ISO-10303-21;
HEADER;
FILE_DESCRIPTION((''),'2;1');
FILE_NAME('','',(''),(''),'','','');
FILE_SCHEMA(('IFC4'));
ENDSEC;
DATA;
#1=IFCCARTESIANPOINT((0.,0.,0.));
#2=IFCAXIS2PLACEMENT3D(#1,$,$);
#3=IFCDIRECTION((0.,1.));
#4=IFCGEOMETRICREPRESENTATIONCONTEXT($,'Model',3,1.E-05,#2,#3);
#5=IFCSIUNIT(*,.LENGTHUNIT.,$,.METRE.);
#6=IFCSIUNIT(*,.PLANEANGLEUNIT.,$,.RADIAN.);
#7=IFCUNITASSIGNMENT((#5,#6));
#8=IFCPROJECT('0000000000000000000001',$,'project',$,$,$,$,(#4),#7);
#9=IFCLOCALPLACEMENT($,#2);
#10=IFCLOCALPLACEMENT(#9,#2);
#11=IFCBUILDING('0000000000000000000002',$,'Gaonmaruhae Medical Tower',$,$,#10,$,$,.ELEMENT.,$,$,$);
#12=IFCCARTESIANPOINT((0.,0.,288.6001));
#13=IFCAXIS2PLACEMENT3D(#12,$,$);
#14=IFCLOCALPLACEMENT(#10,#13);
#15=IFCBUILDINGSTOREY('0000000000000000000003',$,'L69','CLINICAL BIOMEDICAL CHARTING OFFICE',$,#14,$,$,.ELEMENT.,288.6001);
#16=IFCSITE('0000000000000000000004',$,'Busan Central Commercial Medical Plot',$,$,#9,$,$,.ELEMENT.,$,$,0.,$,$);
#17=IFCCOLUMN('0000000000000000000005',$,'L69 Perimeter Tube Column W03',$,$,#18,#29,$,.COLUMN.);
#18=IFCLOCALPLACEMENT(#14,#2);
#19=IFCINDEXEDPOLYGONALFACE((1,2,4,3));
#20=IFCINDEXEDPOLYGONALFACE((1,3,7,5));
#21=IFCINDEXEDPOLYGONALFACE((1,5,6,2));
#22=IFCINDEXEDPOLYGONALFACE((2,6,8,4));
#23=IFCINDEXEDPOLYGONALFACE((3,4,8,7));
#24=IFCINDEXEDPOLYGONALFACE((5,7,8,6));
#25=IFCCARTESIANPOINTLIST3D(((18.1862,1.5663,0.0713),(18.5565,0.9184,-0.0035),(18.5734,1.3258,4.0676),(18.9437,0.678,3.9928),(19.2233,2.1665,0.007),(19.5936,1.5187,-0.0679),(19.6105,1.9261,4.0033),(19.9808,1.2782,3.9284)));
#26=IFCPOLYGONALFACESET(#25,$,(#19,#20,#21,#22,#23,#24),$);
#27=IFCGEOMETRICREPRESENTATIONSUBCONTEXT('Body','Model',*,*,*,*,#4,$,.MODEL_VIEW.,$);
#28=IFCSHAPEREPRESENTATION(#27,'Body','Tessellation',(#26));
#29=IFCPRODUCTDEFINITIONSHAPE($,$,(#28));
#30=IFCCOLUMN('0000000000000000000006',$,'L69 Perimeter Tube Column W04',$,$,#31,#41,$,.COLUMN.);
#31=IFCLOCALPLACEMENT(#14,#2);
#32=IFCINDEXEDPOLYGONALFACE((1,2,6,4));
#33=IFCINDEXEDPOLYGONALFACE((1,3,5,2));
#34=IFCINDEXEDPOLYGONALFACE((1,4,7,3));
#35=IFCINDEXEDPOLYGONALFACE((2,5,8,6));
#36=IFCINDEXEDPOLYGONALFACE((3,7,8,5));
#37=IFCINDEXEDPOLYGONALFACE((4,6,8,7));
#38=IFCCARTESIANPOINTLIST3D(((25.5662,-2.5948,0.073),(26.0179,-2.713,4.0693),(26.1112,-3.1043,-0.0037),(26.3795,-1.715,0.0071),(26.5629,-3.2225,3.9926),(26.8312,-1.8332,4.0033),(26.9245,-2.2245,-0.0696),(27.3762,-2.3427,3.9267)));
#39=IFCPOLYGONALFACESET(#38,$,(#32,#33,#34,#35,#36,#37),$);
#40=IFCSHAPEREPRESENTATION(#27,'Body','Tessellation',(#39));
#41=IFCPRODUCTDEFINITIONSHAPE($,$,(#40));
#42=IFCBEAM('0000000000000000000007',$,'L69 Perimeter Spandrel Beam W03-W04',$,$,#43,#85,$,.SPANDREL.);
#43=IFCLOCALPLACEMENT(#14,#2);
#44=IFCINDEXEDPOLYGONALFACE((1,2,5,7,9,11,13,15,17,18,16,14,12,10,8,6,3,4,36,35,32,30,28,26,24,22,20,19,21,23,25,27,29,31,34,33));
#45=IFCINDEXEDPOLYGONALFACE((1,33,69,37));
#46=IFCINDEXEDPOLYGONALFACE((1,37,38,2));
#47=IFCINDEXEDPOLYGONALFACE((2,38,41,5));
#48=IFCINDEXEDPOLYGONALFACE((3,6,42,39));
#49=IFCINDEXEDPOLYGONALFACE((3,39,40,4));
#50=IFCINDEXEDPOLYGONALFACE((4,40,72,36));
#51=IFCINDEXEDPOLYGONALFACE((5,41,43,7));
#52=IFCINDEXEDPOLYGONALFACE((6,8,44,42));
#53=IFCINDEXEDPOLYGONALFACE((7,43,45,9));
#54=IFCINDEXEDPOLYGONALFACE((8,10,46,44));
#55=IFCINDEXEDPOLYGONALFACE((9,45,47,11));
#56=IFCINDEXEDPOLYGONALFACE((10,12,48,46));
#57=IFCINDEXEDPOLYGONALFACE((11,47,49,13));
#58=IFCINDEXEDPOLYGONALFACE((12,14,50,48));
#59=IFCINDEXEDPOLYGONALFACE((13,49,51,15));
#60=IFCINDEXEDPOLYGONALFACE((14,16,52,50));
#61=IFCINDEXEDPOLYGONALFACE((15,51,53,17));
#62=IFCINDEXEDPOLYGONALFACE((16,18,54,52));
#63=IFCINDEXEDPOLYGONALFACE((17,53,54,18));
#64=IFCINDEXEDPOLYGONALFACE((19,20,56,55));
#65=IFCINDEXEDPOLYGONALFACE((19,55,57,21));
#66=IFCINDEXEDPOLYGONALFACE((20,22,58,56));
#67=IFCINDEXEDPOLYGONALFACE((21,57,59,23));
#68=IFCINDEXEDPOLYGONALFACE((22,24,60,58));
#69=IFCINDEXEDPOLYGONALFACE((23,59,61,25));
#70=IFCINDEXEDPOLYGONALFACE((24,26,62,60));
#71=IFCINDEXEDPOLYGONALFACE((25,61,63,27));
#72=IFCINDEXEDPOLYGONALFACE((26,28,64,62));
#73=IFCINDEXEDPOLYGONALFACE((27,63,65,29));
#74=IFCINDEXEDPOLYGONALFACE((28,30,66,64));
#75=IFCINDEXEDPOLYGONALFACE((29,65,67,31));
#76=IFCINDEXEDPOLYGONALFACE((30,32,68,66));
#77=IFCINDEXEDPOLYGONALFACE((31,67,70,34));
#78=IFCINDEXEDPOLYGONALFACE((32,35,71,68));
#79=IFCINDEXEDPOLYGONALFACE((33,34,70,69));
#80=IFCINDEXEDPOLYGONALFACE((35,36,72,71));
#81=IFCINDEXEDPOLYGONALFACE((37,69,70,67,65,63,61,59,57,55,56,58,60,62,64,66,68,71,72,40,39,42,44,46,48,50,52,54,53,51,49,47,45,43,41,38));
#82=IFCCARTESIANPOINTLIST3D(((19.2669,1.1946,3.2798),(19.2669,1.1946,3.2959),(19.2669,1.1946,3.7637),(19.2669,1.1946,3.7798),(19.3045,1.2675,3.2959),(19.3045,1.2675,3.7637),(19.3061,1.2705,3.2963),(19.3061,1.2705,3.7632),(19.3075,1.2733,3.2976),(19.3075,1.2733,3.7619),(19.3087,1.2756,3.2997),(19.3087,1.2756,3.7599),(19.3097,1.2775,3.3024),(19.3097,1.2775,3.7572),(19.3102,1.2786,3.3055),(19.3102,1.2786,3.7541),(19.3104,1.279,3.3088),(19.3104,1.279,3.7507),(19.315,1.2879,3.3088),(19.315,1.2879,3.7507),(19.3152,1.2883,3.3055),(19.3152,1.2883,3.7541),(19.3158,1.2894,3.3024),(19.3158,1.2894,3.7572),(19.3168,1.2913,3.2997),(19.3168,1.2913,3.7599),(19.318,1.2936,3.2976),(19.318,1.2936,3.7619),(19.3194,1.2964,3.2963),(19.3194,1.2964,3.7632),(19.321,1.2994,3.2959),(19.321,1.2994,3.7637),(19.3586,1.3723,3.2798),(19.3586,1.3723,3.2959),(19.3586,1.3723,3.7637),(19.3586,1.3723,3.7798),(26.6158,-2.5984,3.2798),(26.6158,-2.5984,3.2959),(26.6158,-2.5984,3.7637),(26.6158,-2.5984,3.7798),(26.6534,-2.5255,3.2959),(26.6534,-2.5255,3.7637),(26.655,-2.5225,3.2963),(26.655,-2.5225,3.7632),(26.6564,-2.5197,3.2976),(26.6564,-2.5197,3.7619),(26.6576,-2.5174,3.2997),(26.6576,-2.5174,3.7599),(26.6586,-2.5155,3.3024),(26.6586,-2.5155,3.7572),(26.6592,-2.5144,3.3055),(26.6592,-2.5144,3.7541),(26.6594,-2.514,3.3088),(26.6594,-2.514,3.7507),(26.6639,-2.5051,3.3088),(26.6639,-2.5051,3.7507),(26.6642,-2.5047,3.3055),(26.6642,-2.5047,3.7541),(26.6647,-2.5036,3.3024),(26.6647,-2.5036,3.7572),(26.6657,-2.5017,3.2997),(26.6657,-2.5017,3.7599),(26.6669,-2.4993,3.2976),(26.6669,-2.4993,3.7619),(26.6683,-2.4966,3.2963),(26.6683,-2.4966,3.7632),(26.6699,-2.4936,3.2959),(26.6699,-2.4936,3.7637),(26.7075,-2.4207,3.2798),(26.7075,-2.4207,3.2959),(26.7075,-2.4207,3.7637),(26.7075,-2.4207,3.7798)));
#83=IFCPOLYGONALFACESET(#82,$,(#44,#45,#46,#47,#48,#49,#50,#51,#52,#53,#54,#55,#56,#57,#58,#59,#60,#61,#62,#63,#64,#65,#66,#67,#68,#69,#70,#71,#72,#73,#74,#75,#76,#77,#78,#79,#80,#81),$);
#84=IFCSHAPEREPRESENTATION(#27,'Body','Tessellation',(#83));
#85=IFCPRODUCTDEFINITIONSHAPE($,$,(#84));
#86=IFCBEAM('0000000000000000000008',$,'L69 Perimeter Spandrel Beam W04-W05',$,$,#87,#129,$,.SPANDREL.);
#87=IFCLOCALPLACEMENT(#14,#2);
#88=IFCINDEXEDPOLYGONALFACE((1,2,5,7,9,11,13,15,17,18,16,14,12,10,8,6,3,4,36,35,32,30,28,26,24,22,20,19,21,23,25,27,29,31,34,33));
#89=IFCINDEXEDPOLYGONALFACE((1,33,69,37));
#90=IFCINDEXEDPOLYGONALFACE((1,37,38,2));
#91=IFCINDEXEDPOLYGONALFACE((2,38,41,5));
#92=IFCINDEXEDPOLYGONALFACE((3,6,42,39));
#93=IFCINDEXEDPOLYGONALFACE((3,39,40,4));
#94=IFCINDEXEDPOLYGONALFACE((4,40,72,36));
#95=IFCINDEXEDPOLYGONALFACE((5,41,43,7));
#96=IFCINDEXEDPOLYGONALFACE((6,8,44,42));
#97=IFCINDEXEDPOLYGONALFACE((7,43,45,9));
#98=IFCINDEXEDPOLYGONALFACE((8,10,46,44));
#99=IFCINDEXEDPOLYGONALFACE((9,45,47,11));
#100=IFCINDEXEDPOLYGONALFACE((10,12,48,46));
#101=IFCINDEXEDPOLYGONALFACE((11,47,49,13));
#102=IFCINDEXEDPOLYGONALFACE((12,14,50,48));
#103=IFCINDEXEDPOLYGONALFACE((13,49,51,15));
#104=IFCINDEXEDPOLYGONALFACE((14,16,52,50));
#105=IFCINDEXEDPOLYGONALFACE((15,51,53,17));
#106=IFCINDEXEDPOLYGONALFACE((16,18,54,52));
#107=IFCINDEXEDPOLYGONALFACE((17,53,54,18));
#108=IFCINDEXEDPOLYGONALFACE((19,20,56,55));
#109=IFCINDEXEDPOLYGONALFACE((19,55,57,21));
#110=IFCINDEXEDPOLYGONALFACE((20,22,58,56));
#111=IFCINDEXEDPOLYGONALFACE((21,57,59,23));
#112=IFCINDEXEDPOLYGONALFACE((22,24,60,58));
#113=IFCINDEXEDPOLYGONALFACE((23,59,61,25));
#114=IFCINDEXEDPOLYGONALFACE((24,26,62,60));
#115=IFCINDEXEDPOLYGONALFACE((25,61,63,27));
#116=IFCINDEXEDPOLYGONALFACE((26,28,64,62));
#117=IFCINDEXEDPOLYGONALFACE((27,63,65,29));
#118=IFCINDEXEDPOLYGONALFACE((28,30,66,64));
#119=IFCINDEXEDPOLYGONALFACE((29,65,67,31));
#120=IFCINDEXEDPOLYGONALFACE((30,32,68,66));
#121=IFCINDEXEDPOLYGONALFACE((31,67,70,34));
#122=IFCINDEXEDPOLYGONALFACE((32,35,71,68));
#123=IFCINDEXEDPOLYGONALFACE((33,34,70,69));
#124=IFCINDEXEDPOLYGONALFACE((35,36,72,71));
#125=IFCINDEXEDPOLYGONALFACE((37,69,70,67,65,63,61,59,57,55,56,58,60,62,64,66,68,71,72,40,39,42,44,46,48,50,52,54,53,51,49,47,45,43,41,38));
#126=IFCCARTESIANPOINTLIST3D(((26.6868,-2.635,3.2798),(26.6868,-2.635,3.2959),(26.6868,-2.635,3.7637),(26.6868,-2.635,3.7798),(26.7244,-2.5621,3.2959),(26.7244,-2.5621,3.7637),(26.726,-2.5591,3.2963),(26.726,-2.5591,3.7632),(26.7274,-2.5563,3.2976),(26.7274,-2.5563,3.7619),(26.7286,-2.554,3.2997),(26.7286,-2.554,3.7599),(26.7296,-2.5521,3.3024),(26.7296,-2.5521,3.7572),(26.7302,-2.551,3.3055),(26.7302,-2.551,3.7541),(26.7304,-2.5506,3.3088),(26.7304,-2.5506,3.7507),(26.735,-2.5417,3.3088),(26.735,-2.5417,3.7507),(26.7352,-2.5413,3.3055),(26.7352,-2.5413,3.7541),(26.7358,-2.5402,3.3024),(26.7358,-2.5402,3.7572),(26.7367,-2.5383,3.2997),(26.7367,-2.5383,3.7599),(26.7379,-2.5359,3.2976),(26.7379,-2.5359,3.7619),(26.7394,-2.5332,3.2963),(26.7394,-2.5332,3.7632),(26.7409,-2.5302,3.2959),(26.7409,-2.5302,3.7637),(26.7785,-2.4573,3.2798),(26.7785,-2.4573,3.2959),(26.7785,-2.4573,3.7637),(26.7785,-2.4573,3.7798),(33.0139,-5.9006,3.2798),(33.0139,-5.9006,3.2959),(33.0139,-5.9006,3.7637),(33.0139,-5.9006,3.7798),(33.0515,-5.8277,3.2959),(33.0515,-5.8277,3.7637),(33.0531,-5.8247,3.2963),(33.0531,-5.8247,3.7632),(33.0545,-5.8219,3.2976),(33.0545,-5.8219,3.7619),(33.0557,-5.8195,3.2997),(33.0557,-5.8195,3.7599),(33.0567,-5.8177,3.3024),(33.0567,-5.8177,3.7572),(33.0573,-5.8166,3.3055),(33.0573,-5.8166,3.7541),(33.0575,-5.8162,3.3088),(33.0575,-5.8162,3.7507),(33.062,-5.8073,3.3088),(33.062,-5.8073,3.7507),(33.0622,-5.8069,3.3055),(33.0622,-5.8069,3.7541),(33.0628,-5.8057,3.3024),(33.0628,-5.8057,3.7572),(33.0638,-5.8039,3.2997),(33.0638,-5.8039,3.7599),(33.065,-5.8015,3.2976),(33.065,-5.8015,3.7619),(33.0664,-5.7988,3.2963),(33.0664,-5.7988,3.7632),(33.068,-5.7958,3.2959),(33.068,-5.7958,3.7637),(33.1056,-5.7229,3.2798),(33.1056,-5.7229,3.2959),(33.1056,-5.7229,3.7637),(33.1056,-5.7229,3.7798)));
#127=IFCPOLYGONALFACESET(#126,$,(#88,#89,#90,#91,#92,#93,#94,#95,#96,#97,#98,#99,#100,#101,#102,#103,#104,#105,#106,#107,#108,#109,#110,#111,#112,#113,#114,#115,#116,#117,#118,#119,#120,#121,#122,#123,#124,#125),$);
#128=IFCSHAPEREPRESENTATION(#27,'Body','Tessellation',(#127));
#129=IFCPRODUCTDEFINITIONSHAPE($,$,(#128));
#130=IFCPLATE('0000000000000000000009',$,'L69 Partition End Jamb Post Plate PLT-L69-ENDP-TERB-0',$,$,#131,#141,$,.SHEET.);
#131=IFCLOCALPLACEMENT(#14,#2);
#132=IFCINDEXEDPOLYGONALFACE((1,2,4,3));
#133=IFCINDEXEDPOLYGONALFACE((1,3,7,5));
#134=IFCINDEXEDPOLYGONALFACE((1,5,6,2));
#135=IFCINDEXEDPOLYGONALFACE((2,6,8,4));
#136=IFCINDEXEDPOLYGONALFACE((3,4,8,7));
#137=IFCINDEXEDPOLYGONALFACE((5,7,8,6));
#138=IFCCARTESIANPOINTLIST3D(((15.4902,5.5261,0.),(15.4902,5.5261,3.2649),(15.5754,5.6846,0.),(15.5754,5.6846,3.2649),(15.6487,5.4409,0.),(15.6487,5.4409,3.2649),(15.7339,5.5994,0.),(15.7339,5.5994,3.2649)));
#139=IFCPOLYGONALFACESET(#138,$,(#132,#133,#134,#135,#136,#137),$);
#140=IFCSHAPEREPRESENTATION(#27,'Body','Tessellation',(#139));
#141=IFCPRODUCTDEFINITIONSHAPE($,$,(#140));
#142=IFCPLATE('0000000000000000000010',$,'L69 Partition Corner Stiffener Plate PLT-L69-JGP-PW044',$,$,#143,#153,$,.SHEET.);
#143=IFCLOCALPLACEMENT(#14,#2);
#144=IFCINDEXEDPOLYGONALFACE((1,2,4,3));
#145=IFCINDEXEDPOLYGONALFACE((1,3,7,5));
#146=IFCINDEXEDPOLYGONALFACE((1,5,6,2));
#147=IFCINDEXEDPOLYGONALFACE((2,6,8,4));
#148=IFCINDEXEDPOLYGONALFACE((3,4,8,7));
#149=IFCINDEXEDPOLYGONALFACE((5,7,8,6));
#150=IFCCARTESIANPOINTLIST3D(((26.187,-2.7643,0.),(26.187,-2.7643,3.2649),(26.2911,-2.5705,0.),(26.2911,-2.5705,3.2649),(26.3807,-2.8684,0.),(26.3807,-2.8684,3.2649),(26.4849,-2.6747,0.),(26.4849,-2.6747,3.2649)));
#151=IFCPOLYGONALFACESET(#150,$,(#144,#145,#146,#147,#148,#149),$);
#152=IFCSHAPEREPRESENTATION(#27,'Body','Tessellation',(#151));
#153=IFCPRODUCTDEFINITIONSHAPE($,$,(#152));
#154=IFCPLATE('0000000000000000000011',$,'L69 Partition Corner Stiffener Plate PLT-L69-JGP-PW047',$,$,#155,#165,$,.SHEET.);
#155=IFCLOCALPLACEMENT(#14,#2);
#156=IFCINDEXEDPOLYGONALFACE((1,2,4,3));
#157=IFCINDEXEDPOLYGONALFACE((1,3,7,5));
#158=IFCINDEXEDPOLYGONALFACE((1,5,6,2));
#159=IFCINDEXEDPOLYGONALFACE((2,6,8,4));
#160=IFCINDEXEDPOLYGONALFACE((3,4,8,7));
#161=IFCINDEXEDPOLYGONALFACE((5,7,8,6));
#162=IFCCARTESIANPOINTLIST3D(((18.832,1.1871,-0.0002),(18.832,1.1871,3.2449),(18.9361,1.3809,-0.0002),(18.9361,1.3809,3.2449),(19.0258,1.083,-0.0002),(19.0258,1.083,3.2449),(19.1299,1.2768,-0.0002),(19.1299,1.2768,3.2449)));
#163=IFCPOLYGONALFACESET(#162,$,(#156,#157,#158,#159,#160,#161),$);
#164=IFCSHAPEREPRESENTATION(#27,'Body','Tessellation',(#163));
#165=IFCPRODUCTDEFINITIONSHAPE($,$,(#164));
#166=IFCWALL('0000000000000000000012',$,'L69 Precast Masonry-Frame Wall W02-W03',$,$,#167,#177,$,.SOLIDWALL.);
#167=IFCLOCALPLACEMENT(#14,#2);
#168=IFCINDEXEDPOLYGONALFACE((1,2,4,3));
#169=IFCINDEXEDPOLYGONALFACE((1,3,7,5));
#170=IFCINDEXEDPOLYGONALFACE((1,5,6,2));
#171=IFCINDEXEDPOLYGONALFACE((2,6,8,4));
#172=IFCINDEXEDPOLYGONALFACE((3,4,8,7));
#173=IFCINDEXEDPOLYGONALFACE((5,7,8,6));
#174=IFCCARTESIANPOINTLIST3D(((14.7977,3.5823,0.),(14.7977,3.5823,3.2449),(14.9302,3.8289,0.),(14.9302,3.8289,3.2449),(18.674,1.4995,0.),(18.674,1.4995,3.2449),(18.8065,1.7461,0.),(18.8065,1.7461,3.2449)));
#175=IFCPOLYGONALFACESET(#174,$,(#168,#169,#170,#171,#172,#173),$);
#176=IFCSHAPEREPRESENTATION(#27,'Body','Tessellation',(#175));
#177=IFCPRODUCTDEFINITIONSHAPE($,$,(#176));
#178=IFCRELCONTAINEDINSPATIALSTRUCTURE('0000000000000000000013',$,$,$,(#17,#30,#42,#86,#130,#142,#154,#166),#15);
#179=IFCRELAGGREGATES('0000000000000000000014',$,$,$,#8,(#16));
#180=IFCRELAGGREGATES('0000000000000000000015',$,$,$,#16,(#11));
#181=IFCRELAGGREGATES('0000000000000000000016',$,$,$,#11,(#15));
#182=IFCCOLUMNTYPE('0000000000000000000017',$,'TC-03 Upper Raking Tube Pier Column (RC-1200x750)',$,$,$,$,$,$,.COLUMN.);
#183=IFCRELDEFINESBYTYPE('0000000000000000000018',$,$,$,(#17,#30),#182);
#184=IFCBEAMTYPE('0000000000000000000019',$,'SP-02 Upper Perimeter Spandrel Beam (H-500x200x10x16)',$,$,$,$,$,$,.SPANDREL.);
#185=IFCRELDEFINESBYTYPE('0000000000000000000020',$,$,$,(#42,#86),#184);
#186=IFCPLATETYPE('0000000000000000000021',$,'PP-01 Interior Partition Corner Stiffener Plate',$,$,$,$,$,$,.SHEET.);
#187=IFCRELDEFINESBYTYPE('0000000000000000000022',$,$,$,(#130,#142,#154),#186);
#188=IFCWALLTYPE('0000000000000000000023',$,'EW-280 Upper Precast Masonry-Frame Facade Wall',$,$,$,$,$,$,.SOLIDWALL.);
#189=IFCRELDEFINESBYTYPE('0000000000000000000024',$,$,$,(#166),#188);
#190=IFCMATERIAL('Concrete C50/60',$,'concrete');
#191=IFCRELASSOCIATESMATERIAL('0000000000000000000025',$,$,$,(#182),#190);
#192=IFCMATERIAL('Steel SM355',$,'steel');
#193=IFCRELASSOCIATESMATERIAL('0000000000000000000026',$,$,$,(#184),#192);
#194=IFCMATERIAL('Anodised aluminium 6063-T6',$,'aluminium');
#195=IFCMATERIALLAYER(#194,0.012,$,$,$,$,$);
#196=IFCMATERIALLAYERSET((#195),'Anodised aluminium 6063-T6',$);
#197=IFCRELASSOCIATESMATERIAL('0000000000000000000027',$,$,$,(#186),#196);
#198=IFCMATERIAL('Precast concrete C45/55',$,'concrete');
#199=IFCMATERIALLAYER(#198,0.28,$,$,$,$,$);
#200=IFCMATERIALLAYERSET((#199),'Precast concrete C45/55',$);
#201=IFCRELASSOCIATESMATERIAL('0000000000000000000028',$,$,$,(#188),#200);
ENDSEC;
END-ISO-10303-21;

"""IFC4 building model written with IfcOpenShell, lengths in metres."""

from ifc_helpers import new_model, si_unit, direction, frame, frame_2d, origin, origin_2d, place, context, subcontext, project, spatial, rectangle, i_section, extrude, material, layer, layer_set, material_profile, profile_set, type_object, element, save


model = new_model("IFC4")

# Units and contexts
model_context = context("Model", 3, precision=1e-05, world=origin(), true_north=direction((0.0, 1.0)))
body_context = subcontext(model_context, "Body", "Model", "MODEL_VIEW")
ifc_project = project(units=[si_unit("LENGTHUNIT", "METRE"), si_unit("PLANEANGLEUNIT", "RADIAN")], contexts=[model_context])

# Site, building, storey
site_placement = place(None, origin())
site = spatial("IfcSite", under=ifc_project, at=site_placement, Name="Busan Central Commercial Medical Plot", CompositionType="ELEMENT", RefElevation=0.0)
building_placement = place(site_placement, origin())
building = spatial("IfcBuilding", under=site, at=building_placement, Name="Gaonmaruhae Medical Tower", CompositionType="ELEMENT")
storey_placement = place(building_placement, frame((0.0, 0.0, 288.6001)))
storey = spatial("IfcBuildingStorey", under=building, at=storey_placement, Name="L69", Description="CLINICAL BIOMEDICAL CHARTING OFFICE", CompositionType="ELEMENT", Elevation=288.6001)

# Columns
ifc_material_1 = material(Name="Concrete C50/60", Category="concrete")
ifc_material_profile_1 = material_profile(ifc_material_1, rectangle(XDim=1.2, YDim=0.75, at=origin_2d()), Name="RC-1200x750")
ifc_profile_set_1 = profile_set([ifc_material_profile_1], Name="Concrete C50/60")
column_type = type_object("IfcColumnType", Name="TC-03 Upper Raking Tube Pier Column (RC-1200x750)", PredefinedType="COLUMN", material=ifc_profile_set_1)
column_1_placement = place(storey_placement, frame((18.8899, 1.5425, 0.0017), z_axis=(0.096266, -0.059787, 0.993558), x_axis=(-0.864243, -0.500206, 0.053637)))
element("IfcColumn", 1, at=column_1_placement, inside=storey, type_object=column_type, Name="L69 Perimeter Tube Column W03", PredefinedType="COLUMN", context=body_context, shape_type="SweptSolid", body=[
    extrude(rectangle(XDim=1.2, YDim=0.75, at=origin_2d()), origin(), (0.0, 0.0, 1.0), 4.0222),
])
column_2_placement = place(storey_placement, frame((26.2454, -2.4097, 0.0017), z_axis=(0.112255, -0.029368, 0.993245), x_axis=(-0.677771, -0.733219, 0.054921)))
element("IfcColumn", 2, at=column_2_placement, inside=storey, type_object=column_type, Name="L69 Perimeter Tube Column W04", PredefinedType="COLUMN", context=body_context, shape_type="SweptSolid", body=[
    extrude(rectangle(XDim=1.2, YDim=0.75, at=origin_2d()), origin(), (0.0, 0.0, 1.0), 4.0234),
])

# Beams
ifc_material_2 = material(Name="Steel SM355", Category="steel")
ifc_material_profile_2 = material_profile(ifc_material_2, i_section(OverallWidth=0.2, OverallDepth=0.5, WebThickness=0.01, FlangeThickness=0.0161, FilletRadius=0.0129, at=origin_2d()), Name="H-500x200x10x16")
ifc_profile_set_2 = profile_set([ifc_material_profile_2], Name="Steel SM355")
beam_type = type_object("IfcBeamType", Name="SP-02 Upper Perimeter Spandrel Beam (H-500x200x10x16)", PredefinedType="SPANDREL", material=ifc_profile_set_2)
beam_1_placement = place(storey_placement, frame((19.3127, 1.2834, 3.5298), z_axis=(0.888621, -0.458643, 0.0), x_axis=(0.458643, 0.888621, 0.0)))
element("IfcBeam", 3, at=beam_1_placement, inside=storey, type_object=beam_type, Name="L69 Perimeter Spandrel Beam W03-W04", PredefinedType="SPANDREL", context=body_context, shape_type="SweptSolid", body=[
    extrude(i_section(OverallWidth=0.2, OverallDepth=0.5, WebThickness=0.01, FlangeThickness=0.0161, FilletRadius=0.0129, at=origin_2d()), origin(), (0.0, 0.0, 1.0), 8.27),
])
beam_2_placement = place(storey_placement, frame((26.7327, -2.5461, 3.5298), z_axis=(0.888621, -0.458643, 0.0), x_axis=(0.458643, 0.888621, 0.0)))
element("IfcBeam", 4, at=beam_2_placement, inside=storey, type_object=beam_type, Name="L69 Perimeter Spandrel Beam W04-W05", PredefinedType="SPANDREL", context=body_context, shape_type="SweptSolid", body=[
    extrude(i_section(OverallWidth=0.2, OverallDepth=0.5, WebThickness=0.01, FlangeThickness=0.0161, FilletRadius=0.0129, at=origin_2d()), origin(), (0.0, 0.0, 1.0), 7.1201),
])

# Plates
ifc_material_3 = material(Name="Anodised aluminium 6063-T6", Category="aluminium")
ifc_layer_1 = layer(ifc_material_3, 0.012)
ifc_layer_set_1 = layer_set([ifc_layer_1], Name="Anodised aluminium 6063-T6")
plate_type = type_object("IfcPlateType", Name="PP-01 Interior Partition Corner Stiffener Plate", PredefinedType="SHEET", material=ifc_layer_set_1)
plate_1_placement = place(storey_placement, frame((15.6121, 5.5627, 0.0), z_axis=(0.0, 0.0, 1.0), x_axis=(-0.880891, 0.47332, 0.0)))
element("IfcPlate", 5, at=plate_1_placement, inside=storey, type_object=plate_type, Name="L69 Partition End Jamb Post Plate PLT-L69-ENDP-TERB-0", PredefinedType="SHEET", context=body_context, shape_type="SweptSolid", body=[
    extrude(rectangle(XDim=0.1799, YDim=0.1799, at=origin_2d()), origin(), (0.0, 0.0, 1.0), 3.2649),
])
plate_2_placement = place(storey_placement, frame((26.3359, -2.7195, 0.0), z_axis=(0.0, 0.0, 1.0), x_axis=(-0.880841, 0.473412, 0.0)))
element("IfcPlate", 6, at=plate_2_placement, inside=storey, type_object=plate_type, Name="L69 Partition Corner Stiffener Plate PLT-L69-JGP-PW044", PredefinedType="SHEET", context=body_context, shape_type="SweptSolid", body=[
    extrude(rectangle(XDim=0.22, YDim=0.22, at=origin_2d()), origin(), (0.0, 0.0, 1.0), 3.2649),
])
plate_3_placement = place(storey_placement, frame((18.981, 1.2319, -0.0002), z_axis=(0.0, 0.0, 1.0), x_axis=(-0.880957, 0.473197, 0.0)))
element("IfcPlate", 7, at=plate_3_placement, inside=storey, type_object=plate_type, Name="L69 Partition Corner Stiffener Plate PLT-L69-JGP-PW047", PredefinedType="SHEET", context=body_context, shape_type="SweptSolid", body=[
    extrude(rectangle(XDim=0.22, YDim=0.22, at=origin_2d()), origin(), (0.0, 0.0, 1.0), 3.2451),
])

# Shared definitions
ifc_material_4 = material(Name="Precast concrete C45/55", Category="concrete")

# Wall
ifc_layer_2 = layer(ifc_material_4, 0.28)
ifc_layer_set_2 = layer_set([ifc_layer_2], Name="Precast concrete C45/55")
wall_type_1 = type_object("IfcWallType", Name="EW-280 Upper Precast Masonry-Frame Facade Wall", PredefinedType="SOLIDWALL", material=ifc_layer_set_2)
wall_1_placement = place(storey_placement, frame((18.7402, 1.6228, 0.0), z_axis=(0.0, 0.0, 1.0), x_axis=(-0.880891, 0.473319, 0.0)))
element("IfcWall", 8, at=wall_1_placement, inside=storey, type_object=wall_type_1, Name="L69 Precast Masonry-Frame Wall W02-W03", PredefinedType="SOLIDWALL", context=body_context, shape_type="SweptSolid", body=[
    extrude(rectangle(XDim=4.4004, YDim=0.28, at=frame_2d((2.2002, 0.0))), origin(), (0.0, 0.0, 1.0), 3.2449),
])

save(model, "model.ifc")
